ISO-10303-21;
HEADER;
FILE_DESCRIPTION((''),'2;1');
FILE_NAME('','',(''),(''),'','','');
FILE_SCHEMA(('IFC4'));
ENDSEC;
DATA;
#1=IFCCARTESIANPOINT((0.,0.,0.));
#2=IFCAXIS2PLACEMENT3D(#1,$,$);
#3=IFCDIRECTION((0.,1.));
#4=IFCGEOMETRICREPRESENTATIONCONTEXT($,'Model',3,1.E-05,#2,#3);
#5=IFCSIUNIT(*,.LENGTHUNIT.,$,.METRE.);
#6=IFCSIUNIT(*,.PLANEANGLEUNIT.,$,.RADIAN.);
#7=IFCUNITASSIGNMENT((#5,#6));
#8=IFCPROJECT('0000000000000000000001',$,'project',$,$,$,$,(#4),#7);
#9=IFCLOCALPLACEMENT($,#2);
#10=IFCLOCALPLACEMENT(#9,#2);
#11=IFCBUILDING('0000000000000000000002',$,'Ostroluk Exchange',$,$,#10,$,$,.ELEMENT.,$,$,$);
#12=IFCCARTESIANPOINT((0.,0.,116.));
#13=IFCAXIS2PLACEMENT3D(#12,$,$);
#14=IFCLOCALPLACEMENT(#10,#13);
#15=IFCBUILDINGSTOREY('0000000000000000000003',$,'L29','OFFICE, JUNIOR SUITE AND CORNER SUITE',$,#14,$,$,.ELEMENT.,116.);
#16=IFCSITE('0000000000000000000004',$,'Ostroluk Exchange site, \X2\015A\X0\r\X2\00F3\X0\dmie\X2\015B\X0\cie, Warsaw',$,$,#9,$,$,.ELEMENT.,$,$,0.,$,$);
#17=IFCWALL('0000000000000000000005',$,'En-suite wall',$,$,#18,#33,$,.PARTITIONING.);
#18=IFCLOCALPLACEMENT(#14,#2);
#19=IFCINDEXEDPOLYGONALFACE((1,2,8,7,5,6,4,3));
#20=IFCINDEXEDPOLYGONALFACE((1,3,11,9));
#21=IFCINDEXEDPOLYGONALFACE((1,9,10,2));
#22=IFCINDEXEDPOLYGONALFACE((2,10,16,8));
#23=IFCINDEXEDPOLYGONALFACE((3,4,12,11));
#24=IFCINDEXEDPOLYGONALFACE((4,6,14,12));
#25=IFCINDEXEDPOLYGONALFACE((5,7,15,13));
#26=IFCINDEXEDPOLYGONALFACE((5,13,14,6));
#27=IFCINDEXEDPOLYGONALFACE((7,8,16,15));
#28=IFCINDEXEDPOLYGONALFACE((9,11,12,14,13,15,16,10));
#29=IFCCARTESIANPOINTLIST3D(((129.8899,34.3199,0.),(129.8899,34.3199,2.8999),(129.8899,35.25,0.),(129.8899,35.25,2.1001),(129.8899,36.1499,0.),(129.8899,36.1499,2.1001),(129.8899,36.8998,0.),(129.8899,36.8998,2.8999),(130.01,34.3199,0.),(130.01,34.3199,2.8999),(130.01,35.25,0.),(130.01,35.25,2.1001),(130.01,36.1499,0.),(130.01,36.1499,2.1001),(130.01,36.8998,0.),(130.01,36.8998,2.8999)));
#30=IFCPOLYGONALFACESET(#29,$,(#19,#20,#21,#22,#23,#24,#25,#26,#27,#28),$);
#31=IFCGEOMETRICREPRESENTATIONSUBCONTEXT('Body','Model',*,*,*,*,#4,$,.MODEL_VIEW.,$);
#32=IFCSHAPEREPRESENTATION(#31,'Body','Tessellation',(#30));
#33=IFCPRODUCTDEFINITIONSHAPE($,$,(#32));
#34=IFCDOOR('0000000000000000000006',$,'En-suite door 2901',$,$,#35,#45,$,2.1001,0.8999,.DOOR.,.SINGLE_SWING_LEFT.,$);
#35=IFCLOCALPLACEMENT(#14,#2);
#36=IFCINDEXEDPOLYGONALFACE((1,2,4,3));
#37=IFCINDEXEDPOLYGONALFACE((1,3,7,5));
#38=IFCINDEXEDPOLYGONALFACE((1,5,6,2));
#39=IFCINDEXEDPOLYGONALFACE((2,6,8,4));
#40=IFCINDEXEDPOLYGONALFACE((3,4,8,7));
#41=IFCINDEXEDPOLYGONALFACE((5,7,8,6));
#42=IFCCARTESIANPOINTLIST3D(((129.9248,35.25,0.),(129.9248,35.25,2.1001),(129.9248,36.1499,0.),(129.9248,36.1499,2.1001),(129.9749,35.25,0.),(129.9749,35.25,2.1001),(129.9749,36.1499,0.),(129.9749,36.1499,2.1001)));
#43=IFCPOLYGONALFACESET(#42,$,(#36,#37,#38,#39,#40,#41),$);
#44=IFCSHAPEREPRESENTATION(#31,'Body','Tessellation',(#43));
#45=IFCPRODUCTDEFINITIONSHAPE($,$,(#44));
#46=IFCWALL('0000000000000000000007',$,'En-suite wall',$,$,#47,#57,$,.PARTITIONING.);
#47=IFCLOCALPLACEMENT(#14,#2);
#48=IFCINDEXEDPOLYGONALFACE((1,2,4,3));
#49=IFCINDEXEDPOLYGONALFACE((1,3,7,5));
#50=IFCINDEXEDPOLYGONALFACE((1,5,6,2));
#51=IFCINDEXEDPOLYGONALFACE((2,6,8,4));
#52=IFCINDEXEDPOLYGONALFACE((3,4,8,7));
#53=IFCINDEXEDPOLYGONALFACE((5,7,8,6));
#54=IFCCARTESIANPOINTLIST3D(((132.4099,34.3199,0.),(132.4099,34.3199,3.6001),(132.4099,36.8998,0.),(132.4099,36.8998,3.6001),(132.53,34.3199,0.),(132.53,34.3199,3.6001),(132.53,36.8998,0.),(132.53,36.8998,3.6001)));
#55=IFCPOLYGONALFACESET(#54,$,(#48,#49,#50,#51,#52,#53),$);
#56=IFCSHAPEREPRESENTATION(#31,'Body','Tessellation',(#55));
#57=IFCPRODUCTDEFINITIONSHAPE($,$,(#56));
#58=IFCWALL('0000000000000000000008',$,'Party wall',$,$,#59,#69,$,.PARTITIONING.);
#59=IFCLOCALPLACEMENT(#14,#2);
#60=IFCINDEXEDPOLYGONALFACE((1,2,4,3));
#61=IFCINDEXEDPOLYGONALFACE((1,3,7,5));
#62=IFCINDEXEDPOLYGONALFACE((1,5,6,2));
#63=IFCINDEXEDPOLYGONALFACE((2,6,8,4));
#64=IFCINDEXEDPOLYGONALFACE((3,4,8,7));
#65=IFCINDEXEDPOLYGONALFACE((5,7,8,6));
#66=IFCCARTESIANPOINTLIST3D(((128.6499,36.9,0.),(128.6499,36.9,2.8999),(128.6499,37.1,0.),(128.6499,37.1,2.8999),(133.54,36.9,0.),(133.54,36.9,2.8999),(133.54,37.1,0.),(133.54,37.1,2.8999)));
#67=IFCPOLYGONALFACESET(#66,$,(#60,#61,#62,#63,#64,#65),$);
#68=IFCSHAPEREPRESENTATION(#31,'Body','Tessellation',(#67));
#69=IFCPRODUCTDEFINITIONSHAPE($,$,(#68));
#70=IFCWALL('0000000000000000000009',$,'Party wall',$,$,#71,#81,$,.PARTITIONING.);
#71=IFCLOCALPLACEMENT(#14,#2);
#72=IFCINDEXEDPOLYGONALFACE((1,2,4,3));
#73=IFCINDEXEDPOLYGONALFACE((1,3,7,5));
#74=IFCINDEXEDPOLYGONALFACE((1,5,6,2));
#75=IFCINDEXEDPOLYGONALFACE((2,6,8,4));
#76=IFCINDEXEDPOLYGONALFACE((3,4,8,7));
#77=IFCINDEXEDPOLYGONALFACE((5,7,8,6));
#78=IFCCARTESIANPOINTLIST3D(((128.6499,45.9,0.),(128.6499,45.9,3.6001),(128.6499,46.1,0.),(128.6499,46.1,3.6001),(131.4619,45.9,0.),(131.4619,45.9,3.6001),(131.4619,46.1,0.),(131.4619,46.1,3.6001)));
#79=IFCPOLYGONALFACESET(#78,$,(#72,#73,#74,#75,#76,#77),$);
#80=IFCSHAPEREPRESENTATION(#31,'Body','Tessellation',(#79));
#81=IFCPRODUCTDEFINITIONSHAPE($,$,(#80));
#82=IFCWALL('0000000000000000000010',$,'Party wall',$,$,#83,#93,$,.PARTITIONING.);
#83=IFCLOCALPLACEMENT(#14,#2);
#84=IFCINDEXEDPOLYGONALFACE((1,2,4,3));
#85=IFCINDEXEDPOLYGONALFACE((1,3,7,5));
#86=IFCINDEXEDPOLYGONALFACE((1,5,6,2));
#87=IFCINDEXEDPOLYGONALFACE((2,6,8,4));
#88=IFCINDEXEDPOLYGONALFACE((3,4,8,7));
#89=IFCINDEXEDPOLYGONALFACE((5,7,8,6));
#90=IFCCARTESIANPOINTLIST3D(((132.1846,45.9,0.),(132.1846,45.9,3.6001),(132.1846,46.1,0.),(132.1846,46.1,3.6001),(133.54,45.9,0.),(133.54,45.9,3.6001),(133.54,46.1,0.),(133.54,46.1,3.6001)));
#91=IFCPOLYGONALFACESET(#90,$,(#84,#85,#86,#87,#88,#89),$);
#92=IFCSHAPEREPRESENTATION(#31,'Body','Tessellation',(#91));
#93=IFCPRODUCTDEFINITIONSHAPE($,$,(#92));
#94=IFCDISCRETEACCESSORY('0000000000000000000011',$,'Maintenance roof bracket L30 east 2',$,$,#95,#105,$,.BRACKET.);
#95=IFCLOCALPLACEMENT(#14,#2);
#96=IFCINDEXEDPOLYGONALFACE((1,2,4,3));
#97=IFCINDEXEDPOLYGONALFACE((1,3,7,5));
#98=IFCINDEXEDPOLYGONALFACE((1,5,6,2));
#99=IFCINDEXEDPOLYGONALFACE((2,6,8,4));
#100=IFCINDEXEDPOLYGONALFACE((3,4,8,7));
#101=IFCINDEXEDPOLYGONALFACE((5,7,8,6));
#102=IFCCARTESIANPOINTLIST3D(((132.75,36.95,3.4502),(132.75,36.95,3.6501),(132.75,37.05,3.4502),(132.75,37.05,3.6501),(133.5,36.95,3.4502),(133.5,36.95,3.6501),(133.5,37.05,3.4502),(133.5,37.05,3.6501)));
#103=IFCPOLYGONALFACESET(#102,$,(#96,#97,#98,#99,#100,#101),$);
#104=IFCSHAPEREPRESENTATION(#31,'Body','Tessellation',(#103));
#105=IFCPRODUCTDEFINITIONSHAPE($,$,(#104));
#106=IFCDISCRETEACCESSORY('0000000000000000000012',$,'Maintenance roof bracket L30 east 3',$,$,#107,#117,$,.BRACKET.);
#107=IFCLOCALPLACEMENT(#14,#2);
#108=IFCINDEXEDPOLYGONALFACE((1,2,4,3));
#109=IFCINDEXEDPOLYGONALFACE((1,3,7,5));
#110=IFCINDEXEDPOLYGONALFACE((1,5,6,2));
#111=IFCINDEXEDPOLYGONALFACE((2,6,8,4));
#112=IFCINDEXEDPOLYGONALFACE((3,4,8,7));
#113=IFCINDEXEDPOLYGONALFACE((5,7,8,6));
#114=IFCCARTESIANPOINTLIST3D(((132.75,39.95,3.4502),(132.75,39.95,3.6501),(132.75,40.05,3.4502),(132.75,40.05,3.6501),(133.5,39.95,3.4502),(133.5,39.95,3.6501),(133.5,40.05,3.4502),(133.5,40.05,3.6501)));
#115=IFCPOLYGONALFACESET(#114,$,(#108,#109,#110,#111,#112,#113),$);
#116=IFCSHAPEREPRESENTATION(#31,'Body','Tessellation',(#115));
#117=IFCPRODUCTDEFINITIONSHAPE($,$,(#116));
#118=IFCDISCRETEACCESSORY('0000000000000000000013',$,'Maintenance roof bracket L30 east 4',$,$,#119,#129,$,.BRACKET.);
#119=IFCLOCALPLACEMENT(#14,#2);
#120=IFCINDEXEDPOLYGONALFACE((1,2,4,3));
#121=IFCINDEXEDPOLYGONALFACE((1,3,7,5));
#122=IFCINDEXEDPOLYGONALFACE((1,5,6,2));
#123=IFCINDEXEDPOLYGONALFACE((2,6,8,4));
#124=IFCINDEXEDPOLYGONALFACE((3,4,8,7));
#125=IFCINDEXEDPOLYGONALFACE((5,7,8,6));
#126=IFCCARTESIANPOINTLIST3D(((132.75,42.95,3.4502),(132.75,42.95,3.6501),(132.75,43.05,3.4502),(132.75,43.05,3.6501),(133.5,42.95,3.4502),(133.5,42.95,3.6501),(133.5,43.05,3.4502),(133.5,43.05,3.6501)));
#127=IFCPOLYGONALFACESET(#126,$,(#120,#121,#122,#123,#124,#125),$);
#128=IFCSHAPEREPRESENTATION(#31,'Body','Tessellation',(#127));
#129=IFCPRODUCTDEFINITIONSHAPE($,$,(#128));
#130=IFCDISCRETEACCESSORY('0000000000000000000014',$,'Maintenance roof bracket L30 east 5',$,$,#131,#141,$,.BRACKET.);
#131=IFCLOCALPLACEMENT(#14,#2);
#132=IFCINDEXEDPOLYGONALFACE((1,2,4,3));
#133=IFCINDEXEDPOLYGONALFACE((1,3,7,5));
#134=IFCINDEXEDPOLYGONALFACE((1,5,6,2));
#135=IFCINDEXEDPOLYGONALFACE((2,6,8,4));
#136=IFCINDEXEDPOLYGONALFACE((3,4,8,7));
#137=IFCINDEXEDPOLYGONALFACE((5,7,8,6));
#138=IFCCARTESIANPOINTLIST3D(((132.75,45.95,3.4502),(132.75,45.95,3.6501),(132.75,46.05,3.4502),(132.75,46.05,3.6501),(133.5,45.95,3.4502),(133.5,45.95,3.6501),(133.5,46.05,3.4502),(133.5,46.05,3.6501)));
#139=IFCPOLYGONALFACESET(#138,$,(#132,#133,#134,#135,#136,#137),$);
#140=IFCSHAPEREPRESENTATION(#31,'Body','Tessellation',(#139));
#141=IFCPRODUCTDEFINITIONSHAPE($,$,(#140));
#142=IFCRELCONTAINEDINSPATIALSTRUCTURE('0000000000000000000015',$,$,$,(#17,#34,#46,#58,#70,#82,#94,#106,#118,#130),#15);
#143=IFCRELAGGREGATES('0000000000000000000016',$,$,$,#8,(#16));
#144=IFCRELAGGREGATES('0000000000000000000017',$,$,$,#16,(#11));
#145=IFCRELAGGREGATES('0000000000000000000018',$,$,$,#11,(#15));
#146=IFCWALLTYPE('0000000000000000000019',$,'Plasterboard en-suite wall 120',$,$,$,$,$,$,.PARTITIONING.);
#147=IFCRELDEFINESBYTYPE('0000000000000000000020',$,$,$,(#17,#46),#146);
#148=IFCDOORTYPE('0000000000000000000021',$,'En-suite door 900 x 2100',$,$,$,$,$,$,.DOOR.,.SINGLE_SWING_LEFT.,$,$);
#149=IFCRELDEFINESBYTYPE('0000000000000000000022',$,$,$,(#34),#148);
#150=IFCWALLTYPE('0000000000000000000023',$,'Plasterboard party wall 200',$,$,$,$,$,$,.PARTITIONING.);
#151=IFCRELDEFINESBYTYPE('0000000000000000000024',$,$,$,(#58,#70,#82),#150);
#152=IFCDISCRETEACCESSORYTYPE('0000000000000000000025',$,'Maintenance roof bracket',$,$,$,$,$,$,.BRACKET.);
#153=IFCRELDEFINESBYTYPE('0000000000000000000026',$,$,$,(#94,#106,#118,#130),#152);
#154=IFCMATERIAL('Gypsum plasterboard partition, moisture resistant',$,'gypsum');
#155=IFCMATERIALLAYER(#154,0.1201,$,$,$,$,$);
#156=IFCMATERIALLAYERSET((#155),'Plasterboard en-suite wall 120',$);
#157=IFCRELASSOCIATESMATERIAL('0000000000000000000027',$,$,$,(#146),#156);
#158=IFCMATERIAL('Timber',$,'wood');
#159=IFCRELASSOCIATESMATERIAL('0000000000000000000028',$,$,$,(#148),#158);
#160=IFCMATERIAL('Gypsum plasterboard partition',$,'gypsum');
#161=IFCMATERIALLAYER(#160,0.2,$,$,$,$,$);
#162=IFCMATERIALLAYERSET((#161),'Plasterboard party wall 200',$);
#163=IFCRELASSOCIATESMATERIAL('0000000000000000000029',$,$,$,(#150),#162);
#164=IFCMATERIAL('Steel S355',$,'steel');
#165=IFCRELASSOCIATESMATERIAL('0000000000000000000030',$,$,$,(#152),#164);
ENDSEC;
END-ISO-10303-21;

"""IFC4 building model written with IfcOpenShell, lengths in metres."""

from ifc_helpers import new_model, si_unit, direction, frame, frame_2d, origin, origin_2d, place, context, subcontext, project, spatial, rectangle, extrude, material, layer, layer_set, type_object, element, fill, save


model = new_model("IFC4")

# Units and contexts
model_context = context("Model", 3, precision=1e-05, world=origin(), true_north=direction((0.0, 1.0)))
body_context = subcontext(model_context, "Body", "Model", "MODEL_VIEW")
ifc_project = project(units=[si_unit("LENGTHUNIT", "METRE"), si_unit("PLANEANGLEUNIT", "RADIAN")], contexts=[model_context])

# Site, building, storey
site_placement = place(None, origin())
site = spatial("IfcSite", under=ifc_project, at=site_placement, Name="Ostroluk Exchange site, Śródmieście, Warsaw", CompositionType="ELEMENT", RefElevation=0.0)
building_placement = place(site_placement, origin())
building = spatial("IfcBuilding", under=site, at=building_placement, Name="Ostroluk Exchange", CompositionType="ELEMENT")
storey_placement = place(building_placement, frame((0.0, 0.0, 116.0)))
storey = spatial("IfcBuildingStorey", under=building, at=storey_placement, Name="L29", Description="OFFICE, JUNIOR SUITE AND CORNER SUITE", CompositionType="ELEMENT", Elevation=116.0)

# Wall, opening, door
ifc_material_1 = material(Name="Gypsum plasterboard partition, moisture resistant", Category="gypsum")
ifc_layer_1 = layer(ifc_material_1, 0.1201)
ifc_layer_set_1 = layer_set([ifc_layer_1], Name="Plasterboard en-suite wall 120")
wall_type_1 = type_object("IfcWallType", Name="Plasterboard en-suite wall 120", PredefinedType="PARTITIONING", material=ifc_layer_set_1)
wall_1_placement = place(storey_placement, frame((129.95, 36.8999, 0.0), z_axis=(0.0, 0.0, 1.0), x_axis=(0.0, -1.0, 0.0)))
wall_1 = element("IfcWall", 1, at=wall_1_placement, inside=storey, type_object=wall_type_1, Name="En-suite wall", PredefinedType="PARTITIONING", context=body_context, shape_type="SweptSolid", body=[
    extrude(rectangle(XDim=2.5798, YDim=0.1201, at=frame_2d((1.29, 0.0))), origin(), (0.0, 0.0, 1.0), 2.8999),
])
opening_placement = place(wall_1_placement, frame((0.75, 0.0, 0.0)))
opening = element("IfcOpeningElement", 2, at=opening_placement, cuts=wall_1, PredefinedType="OPENING", context=body_context, shape_type="SweptSolid", body=[
    extrude(rectangle(XDim=0.8999, YDim=2.1001, at=frame_2d((0.45, 1.05))), frame((0.0, 0.0701, 0.0), z_axis=(0.0, -1.0, 0.0), x_axis=(1.0, 0.0, 0.0)), (0.0, 0.0, 1.0), 0.1401),
])
ifc_material_2 = material(Name="Timber", Category="wood")
door_type = type_object("IfcDoorType", Name="En-suite door 900 x 2100", OperationType="SINGLE_SWING_LEFT", PredefinedType="DOOR", material=ifc_material_2)
door_placement = place(opening_placement, origin())
door = element("IfcDoor", 3, at=door_placement, inside=storey, type_object=door_type, Name="En-suite door 2901", OperationType="SINGLE_SWING_LEFT", OverallHeight=2.1001, OverallWidth=0.8999, PredefinedType="DOOR", context=body_context, shape_type="SweptSolid", body=[
    extrude(rectangle(XDim=0.8999, YDim=2.1001, at=frame_2d((0.45, 1.05))), frame((0.0, 0.0249, 0.0), z_axis=(0.0, -1.0, 0.0), x_axis=(1.0, 0.0, 0.0)), (0.0, 0.0, 1.0), 0.05),
])
fill(opening, door)

# Walls
wall_2_placement = place(storey_placement, frame((132.47, 36.8999, 0.0), z_axis=(0.0, 0.0, 1.0), x_axis=(0.0, -1.0, 0.0)))
element("IfcWall", 4, at=wall_2_placement, inside=storey, type_object=wall_type_1, Name="En-suite wall", PredefinedType="PARTITIONING", context=body_context, shape_type="SweptSolid", body=[
    extrude(rectangle(XDim=2.5798, YDim=0.1201, at=frame_2d((1.29, 0.0))), origin(), (0.0, 0.0, 1.0), 3.6001),
])
ifc_material_3 = material(Name="Gypsum plasterboard partition", Category="gypsum")
ifc_layer_2 = layer(ifc_material_3, 0.2)
ifc_layer_set_2 = layer_set([ifc_layer_2], Name="Plasterboard party wall 200")
wall_type_2 = type_object("IfcWallType", Name="Plasterboard party wall 200", PredefinedType="PARTITIONING", material=ifc_layer_set_2)
wall_3_placement = place(storey_placement, frame((128.6499, 37.0, 0.0), z_axis=(0.0, 0.0, 1.0), x_axis=(1.0, 0.0, 0.0)))
element("IfcWall", 5, at=wall_3_placement, inside=storey, type_object=wall_type_2, Name="Party wall", PredefinedType="PARTITIONING", context=body_context, shape_type="SweptSolid", body=[
    extrude(rectangle(XDim=4.8901, YDim=0.2, at=frame_2d((2.4451, 0.0))), origin(), (0.0, 0.0, 1.0), 2.8999),
])
wall_4_placement = place(storey_placement, frame((128.6499, 46.0, 0.0), z_axis=(0.0, 0.0, 1.0), x_axis=(1.0, 0.0, 0.0)))
element("IfcWall", 6, at=wall_4_placement, inside=storey, type_object=wall_type_2, Name="Party wall", PredefinedType="PARTITIONING", context=body_context, shape_type="SweptSolid", body=[
    extrude(rectangle(XDim=2.812, YDim=0.2, at=frame_2d((1.406, 0.0))), origin(), (0.0, 0.0, 1.0), 3.6001),
])
wall_5_placement = place(storey_placement, frame((132.1846, 46.0, 0.0), z_axis=(0.0, 0.0, 1.0), x_axis=(1.0, 0.0, 0.0)))
element("IfcWall", 7, at=wall_5_placement, inside=storey, type_object=wall_type_2, Name="Party wall", PredefinedType="PARTITIONING", context=body_context, shape_type="SweptSolid", body=[
    extrude(rectangle(XDim=1.3555, YDim=0.2, at=frame_2d((0.6777, 0.0))), origin(), (0.0, 0.0, 1.0), 3.6001),
])

# Discrete accessories
ifc_material_4 = material(Name="Steel S355", Category="steel")
discrete_accessory_type = type_object("IfcDiscreteAccessoryType", Name="Maintenance roof bracket", PredefinedType="BRACKET", material=ifc_material_4)
for number, where, z_axis, x_axis, name in (
    (8, (133.125, 37.0, 3.4502), (0.0, 0.0, 1.0), (1.0, 0.0, 0.0), "Maintenance roof bracket L30 east 2"),
    (9, (133.125, 40.0, 3.4502), (0.0, 0.0, 1.0), (1.0, 0.0, 0.0), "Maintenance roof bracket L30 east 3"),
    (10, (133.125, 43.0, 3.4502), (0.0, 0.0, 1.0), (1.0, 0.0, 0.0), "Maintenance roof bracket L30 east 4"),
    (11, (133.125, 46.0, 3.4502), (0.0, 0.0, 1.0), (1.0, 0.0, 0.0), "Maintenance roof bracket L30 east 5"),
):
    element("IfcDiscreteAccessory", number, at=place(storey_placement, frame(where, z_axis=z_axis, x_axis=x_axis)), inside=storey, type_object=discrete_accessory_type, Name=name, PredefinedType="BRACKET", context=body_context, shape_type="SweptSolid", body=[
        extrude(rectangle(XDim=0.75, YDim=0.1001, at=origin_2d()), origin(), (0.0, 0.0, 1.0), 0.2),
    ])

save(model, "model.ifc")
